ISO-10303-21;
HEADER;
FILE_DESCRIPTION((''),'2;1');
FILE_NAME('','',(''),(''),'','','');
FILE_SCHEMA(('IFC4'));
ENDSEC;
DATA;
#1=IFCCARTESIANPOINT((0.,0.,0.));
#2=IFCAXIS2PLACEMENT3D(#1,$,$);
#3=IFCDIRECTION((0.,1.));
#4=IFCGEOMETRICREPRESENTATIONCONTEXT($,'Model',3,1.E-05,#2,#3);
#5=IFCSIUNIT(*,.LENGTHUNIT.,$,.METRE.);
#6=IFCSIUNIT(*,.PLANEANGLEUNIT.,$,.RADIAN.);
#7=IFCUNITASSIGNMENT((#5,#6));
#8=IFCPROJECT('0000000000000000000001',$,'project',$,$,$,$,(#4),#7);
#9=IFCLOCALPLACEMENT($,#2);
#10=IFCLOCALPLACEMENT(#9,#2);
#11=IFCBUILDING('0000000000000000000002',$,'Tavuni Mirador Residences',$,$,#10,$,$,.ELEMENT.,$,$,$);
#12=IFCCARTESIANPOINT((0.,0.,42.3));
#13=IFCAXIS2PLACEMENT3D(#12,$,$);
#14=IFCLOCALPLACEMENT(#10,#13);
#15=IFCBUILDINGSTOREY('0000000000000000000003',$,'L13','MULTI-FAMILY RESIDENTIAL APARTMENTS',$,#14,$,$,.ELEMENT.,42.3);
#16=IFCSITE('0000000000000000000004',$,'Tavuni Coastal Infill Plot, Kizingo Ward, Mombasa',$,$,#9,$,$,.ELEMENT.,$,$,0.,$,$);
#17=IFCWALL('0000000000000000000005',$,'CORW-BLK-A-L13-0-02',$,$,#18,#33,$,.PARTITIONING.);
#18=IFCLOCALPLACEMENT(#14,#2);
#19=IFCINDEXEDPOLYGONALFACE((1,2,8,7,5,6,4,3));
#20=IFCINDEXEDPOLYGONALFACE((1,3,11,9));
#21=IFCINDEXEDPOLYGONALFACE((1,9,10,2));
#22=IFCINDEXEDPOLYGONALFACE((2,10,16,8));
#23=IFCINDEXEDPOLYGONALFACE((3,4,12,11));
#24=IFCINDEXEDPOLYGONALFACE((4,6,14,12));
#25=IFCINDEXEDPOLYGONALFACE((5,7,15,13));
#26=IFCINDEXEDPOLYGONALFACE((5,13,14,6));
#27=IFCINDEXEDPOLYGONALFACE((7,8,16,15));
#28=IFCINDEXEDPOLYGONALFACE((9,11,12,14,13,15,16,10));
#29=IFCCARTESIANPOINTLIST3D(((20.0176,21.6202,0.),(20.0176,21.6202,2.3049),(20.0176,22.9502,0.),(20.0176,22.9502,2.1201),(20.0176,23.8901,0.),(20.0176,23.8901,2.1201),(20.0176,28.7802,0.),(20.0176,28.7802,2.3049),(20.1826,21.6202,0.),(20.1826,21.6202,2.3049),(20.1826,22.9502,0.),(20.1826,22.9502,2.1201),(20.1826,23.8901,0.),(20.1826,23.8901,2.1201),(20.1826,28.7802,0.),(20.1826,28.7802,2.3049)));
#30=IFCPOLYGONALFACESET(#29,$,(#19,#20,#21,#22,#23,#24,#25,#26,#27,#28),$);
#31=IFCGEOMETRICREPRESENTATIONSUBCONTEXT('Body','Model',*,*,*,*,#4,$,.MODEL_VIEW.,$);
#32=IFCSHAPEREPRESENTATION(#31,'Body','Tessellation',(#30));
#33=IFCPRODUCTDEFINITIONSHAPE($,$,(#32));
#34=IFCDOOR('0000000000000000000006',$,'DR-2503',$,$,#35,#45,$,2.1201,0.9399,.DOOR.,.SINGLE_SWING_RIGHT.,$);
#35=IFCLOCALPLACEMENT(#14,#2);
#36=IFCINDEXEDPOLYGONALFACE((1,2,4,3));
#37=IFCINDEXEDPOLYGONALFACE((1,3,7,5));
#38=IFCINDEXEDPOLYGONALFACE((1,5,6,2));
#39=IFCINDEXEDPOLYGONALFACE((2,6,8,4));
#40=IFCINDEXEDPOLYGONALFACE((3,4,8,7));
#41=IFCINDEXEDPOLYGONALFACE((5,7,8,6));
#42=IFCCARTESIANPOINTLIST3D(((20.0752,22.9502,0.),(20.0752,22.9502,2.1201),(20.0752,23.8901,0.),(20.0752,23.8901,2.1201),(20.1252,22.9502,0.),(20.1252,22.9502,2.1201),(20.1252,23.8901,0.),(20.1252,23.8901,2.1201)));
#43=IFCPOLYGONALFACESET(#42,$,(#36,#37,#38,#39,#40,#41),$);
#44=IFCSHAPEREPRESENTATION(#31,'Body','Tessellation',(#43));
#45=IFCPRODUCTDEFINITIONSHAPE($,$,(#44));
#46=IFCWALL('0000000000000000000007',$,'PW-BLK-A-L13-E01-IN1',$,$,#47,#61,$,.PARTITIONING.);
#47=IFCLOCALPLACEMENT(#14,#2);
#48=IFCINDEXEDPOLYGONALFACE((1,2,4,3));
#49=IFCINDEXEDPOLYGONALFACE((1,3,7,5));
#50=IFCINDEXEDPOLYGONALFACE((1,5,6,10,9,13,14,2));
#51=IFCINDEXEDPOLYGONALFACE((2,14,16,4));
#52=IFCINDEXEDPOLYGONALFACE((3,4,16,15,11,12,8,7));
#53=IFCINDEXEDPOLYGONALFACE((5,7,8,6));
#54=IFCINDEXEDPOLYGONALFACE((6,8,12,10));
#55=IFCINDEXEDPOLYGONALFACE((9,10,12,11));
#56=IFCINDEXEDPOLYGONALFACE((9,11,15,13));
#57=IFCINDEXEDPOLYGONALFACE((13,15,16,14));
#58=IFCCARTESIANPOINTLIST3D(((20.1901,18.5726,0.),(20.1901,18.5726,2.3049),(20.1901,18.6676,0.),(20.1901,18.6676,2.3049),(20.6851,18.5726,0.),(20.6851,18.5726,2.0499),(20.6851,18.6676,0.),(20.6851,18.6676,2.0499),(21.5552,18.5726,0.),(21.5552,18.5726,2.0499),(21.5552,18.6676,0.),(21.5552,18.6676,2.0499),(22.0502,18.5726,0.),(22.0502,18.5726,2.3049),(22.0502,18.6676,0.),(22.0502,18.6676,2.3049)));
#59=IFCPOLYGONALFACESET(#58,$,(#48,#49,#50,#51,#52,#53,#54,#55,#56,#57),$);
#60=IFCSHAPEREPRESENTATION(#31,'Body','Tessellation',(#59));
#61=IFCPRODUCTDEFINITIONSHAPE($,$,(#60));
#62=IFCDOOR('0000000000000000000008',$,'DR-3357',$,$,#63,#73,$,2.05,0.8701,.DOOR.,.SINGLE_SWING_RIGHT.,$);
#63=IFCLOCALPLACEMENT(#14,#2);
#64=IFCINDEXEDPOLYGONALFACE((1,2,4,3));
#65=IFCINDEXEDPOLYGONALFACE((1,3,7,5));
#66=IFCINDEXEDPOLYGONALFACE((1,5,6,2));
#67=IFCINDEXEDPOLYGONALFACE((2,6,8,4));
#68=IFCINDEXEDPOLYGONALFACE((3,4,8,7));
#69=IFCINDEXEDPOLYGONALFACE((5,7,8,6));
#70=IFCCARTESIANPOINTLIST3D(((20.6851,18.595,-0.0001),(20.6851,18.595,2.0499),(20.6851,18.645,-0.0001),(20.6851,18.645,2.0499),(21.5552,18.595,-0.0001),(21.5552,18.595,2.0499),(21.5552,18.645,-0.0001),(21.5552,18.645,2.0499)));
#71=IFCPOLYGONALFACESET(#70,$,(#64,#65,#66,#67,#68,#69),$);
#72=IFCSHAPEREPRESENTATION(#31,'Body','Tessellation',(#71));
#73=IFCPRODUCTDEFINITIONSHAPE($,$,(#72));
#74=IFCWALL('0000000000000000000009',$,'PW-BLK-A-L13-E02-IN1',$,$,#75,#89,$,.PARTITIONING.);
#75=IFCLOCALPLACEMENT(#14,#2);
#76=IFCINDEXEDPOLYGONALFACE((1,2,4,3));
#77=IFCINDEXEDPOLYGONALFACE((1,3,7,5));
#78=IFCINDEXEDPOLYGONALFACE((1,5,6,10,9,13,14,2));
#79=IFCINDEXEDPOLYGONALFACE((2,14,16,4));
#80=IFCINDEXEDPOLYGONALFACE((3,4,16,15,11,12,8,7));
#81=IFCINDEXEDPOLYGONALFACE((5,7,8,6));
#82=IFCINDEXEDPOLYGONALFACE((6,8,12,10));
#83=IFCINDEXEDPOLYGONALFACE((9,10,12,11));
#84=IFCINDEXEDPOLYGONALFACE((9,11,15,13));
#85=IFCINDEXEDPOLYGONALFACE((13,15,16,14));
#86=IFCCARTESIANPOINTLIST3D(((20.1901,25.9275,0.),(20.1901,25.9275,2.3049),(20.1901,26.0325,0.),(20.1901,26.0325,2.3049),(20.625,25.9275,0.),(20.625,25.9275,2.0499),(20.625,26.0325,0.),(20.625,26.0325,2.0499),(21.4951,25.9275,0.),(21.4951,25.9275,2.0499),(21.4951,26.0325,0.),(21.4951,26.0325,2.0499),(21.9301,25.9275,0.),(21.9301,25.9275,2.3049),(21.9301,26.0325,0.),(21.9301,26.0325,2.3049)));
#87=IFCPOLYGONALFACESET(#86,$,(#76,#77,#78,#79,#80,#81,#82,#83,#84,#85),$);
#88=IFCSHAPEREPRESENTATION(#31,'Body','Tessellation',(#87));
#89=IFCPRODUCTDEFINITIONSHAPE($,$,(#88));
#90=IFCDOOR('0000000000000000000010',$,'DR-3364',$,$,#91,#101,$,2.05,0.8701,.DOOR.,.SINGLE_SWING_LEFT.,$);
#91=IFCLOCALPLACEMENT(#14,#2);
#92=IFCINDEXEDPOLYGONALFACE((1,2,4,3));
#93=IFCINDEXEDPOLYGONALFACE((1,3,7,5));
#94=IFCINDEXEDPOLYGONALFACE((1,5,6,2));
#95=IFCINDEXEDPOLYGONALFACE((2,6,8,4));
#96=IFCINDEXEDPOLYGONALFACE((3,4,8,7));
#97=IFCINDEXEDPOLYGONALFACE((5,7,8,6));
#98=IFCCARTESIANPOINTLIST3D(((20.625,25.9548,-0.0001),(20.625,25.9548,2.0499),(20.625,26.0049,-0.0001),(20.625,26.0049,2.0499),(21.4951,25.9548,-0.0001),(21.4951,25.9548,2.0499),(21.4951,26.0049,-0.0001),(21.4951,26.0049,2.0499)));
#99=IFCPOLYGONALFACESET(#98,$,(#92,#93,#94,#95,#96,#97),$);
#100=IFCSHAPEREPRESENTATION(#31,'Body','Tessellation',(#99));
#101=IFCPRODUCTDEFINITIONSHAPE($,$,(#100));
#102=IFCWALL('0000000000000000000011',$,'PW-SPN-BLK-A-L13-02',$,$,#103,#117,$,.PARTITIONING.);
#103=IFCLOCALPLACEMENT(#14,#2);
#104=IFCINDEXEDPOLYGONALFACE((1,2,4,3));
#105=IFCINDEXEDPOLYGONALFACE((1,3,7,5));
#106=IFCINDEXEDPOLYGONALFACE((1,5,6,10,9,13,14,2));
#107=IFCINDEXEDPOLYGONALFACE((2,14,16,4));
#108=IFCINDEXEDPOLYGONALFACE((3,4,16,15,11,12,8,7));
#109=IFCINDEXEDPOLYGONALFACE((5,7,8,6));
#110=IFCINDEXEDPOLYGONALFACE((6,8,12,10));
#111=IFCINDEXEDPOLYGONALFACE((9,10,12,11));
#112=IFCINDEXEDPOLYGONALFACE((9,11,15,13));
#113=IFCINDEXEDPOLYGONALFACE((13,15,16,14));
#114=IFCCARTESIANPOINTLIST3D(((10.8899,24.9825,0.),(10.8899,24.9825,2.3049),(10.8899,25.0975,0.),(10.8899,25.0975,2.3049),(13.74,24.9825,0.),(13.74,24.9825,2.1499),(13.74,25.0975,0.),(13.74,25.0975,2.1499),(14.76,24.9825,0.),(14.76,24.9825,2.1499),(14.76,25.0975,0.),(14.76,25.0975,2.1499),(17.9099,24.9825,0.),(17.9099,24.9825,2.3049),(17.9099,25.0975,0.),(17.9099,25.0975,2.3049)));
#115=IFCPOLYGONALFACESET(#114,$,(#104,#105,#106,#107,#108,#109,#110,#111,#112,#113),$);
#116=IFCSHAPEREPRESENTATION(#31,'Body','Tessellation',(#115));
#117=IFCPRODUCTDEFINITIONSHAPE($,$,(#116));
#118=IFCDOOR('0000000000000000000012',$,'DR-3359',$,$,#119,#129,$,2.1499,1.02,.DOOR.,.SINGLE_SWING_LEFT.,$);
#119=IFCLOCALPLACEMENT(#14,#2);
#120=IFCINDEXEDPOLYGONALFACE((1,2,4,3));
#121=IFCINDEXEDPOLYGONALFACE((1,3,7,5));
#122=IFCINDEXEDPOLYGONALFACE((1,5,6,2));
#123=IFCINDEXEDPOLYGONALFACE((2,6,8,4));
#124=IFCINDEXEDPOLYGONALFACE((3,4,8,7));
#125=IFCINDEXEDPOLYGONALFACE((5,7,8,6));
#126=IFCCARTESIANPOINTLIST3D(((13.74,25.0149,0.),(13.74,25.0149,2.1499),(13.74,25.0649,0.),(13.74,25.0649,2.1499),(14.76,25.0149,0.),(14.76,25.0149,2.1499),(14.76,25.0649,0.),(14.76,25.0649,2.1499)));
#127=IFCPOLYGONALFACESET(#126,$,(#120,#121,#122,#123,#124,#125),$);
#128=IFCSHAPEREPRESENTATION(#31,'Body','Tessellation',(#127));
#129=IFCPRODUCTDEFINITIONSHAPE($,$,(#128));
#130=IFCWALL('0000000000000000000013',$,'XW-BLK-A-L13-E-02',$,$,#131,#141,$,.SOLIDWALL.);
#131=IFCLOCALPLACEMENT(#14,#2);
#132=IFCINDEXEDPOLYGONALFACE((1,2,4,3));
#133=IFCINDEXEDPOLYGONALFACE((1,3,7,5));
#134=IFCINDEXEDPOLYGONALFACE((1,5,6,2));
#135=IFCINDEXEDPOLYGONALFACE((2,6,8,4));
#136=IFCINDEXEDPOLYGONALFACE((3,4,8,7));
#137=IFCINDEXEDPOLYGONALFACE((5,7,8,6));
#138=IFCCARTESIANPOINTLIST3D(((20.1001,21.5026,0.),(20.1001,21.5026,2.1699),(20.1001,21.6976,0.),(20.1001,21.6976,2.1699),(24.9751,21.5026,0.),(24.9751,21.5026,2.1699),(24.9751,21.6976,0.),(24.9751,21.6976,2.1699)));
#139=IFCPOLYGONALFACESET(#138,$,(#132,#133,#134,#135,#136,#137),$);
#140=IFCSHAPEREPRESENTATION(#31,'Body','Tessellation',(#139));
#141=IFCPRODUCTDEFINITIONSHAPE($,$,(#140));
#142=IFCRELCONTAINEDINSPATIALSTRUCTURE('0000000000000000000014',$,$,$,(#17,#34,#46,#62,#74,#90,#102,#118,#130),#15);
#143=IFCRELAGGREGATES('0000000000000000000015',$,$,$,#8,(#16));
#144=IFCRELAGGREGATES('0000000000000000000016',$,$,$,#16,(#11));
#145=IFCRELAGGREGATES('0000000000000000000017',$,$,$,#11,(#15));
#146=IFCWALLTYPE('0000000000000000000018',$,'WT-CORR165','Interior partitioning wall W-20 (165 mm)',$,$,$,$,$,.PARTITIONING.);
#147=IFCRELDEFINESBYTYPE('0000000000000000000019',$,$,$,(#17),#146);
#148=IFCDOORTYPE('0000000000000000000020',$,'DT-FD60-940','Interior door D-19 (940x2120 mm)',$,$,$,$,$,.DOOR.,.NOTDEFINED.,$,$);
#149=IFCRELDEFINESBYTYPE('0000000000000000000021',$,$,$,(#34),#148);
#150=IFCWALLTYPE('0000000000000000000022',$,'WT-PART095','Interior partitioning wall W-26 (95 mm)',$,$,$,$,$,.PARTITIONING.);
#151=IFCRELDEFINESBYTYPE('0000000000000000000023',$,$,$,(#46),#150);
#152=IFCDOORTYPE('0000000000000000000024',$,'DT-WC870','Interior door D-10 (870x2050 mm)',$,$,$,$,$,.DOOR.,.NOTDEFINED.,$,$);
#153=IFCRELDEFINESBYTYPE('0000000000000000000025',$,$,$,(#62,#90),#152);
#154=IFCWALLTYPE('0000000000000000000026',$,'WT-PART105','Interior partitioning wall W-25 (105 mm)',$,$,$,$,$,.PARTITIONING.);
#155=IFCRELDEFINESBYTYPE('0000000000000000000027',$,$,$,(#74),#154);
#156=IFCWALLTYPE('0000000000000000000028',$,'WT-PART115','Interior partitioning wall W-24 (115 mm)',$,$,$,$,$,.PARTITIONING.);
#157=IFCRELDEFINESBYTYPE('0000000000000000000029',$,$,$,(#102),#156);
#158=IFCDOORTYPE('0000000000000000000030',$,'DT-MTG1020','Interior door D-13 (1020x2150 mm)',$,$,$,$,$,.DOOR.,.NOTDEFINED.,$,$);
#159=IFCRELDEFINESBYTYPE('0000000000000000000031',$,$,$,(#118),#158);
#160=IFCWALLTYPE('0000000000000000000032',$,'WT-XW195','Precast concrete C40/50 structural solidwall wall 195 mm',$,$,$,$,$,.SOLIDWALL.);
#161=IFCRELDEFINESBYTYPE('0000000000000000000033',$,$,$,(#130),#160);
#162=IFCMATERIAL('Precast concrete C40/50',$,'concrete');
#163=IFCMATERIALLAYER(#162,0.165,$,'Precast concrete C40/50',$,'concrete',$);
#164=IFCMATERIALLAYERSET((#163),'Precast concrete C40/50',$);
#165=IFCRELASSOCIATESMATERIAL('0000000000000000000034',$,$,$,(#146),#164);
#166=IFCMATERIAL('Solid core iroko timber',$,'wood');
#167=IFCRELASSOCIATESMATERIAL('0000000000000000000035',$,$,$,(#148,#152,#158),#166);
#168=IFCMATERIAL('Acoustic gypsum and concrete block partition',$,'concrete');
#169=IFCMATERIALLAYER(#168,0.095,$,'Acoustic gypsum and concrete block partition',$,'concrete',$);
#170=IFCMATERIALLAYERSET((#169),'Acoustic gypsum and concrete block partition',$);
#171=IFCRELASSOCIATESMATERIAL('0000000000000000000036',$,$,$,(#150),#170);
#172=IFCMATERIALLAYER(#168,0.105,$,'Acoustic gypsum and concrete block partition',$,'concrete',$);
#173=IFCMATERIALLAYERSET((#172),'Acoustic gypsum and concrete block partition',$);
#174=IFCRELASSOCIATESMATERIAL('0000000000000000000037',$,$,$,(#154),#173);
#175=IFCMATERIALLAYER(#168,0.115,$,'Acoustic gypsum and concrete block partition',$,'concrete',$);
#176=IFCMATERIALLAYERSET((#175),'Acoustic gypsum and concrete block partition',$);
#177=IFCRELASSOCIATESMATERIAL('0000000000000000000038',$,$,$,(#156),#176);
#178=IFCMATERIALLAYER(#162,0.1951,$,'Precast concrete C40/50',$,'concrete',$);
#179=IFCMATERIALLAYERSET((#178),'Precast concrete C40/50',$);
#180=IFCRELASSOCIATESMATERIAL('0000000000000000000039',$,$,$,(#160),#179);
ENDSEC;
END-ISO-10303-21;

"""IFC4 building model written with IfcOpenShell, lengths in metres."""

from ifc_helpers import new_model, si_unit, direction, frame, frame_2d, origin, place, context, subcontext, project, spatial, rectangle, extrude, material, layer, layer_set, type_object, element, fill, save


model = new_model("IFC4")

# Units and contexts
model_context = context("Model", 3, precision=1e-05, world=origin(), true_north=direction((0.0, 1.0)))
body_context = subcontext(model_context, "Body", "Model", "MODEL_VIEW")
ifc_project = project(units=[si_unit("LENGTHUNIT", "METRE"), si_unit("PLANEANGLEUNIT", "RADIAN")], contexts=[model_context])

# Site, building, storey
site_placement = place(None, origin())
site = spatial("IfcSite", under=ifc_project, at=site_placement, Name="Tavuni Coastal Infill Plot, Kizingo Ward, Mombasa", CompositionType="ELEMENT", RefElevation=0.0)
building_placement = place(site_placement, origin())
building = spatial("IfcBuilding", under=site, at=building_placement, Name="Tavuni Mirador Residences", CompositionType="ELEMENT")
storey_placement = place(building_placement, frame((0.0, 0.0, 42.3)))
storey = spatial("IfcBuildingStorey", under=building, at=storey_placement, Name="L13", Description="MULTI-FAMILY RESIDENTIAL APARTMENTS", CompositionType="ELEMENT", Elevation=42.3)

# Shared definitions
ifc_material_1 = material(Name="Precast concrete C40/50", Category="concrete")

# Walls, openings, doors
ifc_layer_1 = layer(ifc_material_1, 0.165, Name="Precast concrete C40/50", Category="concrete")
ifc_layer_set_1 = layer_set([ifc_layer_1], Name="Precast concrete C40/50")
wall_type_1 = type_object("IfcWallType", Name="WT-CORR165", Description="Interior partitioning wall W-20 (165 mm)", PredefinedType="PARTITIONING", material=ifc_layer_set_1)
wall_1_placement = place(storey_placement, frame((20.1001, 21.6201, 0.0), z_axis=(0.0, 0.0, 1.0), x_axis=(0.0, 1.0, 0.0)))
wall_1 = element("IfcWall", 1, at=wall_1_placement, inside=storey, type_object=wall_type_1, Name="CORW-BLK-A-L13-0-02", PredefinedType="PARTITIONING", context=body_context, shape_type="SweptSolid", body=[
    extrude(rectangle(XDim=7.1599, YDim=0.165, at=frame_2d((3.5801, 0.0))), origin(), (0.0, 0.0, 1.0), 2.3049),
])
opening_1_placement = place(wall_1_placement, frame((1.3301, 0.0, 0.0)))
opening_1 = element("IfcOpeningElement", 2, at=opening_1_placement, cuts=wall_1, PredefinedType="OPENING", context=body_context, shape_type="SweptSolid", body=[
    extrude(rectangle(XDim=0.9399, YDim=2.1201, at=frame_2d((0.47, 1.0601))), frame((0.0, 0.0925, 0.0), z_axis=(0.0, -1.0, 0.0), x_axis=(1.0, 0.0, 0.0)), (0.0, 0.0, 1.0), 0.1851),
])
ifc_material_2 = material(Name="Solid core iroko timber", Category="wood")
door_type_1 = type_object("IfcDoorType", Name="DT-FD60-940", Description="Interior door D-19 (940x2120 mm)", OperationType="NOTDEFINED", PredefinedType="DOOR", material=ifc_material_2)
door_1_placement = place(opening_1_placement, origin())
door_1 = element("IfcDoor", 3, at=door_1_placement, inside=storey, type_object=door_type_1, Name="DR-2503", OperationType="SINGLE_SWING_RIGHT", OverallHeight=2.1201, OverallWidth=0.9399, PredefinedType="DOOR", context=body_context, shape_type="SweptSolid", body=[
    extrude(rectangle(XDim=0.9399, YDim=2.1201, at=frame_2d((0.47, 1.0601))), frame((0.0, 0.0249, 0.0), z_axis=(0.0, -1.0, 0.0), x_axis=(1.0, 0.0, 0.0)), (0.0, 0.0, 1.0), 0.05),
])
fill(opening_1, door_1)
ifc_material_3 = material(Name="Acoustic gypsum and concrete block partition", Category="concrete")
ifc_layer_2 = layer(ifc_material_3, 0.095, Name="Acoustic gypsum and concrete block partition", Category="concrete")
ifc_layer_set_2 = layer_set([ifc_layer_2], Name="Acoustic gypsum and concrete block partition")
wall_type_2 = type_object("IfcWallType", Name="WT-PART095", Description="Interior partitioning wall W-26 (95 mm)", PredefinedType="PARTITIONING", material=ifc_layer_set_2)
wall_2_placement = place(storey_placement, frame((20.1899, 18.6201, 0.0), z_axis=(0.0, 0.0, 1.0), x_axis=(1.0, 0.0, 0.0)))
wall_2 = element("IfcWall", 4, at=wall_2_placement, inside=storey, type_object=wall_type_2, Name="PW-BLK-A-L13-E01-IN1", PredefinedType="PARTITIONING", context=body_context, shape_type="SweptSolid", body=[
    extrude(rectangle(XDim=1.8601, YDim=0.095, at=frame_2d((0.9302, 0.0))), origin(), (0.0, 0.0, 1.0), 2.3049),
])
opening_2_placement = place(wall_2_placement, frame((0.4951, 0.0, 0.0)))
opening_2 = element("IfcOpeningElement", 5, at=opening_2_placement, cuts=wall_2, PredefinedType="OPENING", context=body_context, shape_type="SweptSolid", body=[
    extrude(rectangle(XDim=0.8701, YDim=2.05, at=frame_2d((0.4351, 1.0249))), frame((0.0, 0.0576, 0.0), z_axis=(0.0, -1.0, 0.0), x_axis=(1.0, 0.0, 0.0)), (0.0, 0.0, 1.0), 0.115),
])
door_type_2 = type_object("IfcDoorType", Name="DT-WC870", Description="Interior door D-10 (870x2050 mm)", OperationType="NOTDEFINED", PredefinedType="DOOR", material=ifc_material_2)
door_2_placement = place(opening_2_placement, origin())
door_2 = element("IfcDoor", 6, at=door_2_placement, inside=storey, type_object=door_type_2, Name="DR-3357", OperationType="SINGLE_SWING_RIGHT", OverallHeight=2.05, OverallWidth=0.8701, PredefinedType="DOOR", context=body_context, shape_type="SweptSolid", body=[
    extrude(rectangle(XDim=0.8701, YDim=2.05, at=frame_2d((0.4351, 1.0249))), frame((0.0, 0.0249, 0.0), z_axis=(0.0, -1.0, 0.0), x_axis=(1.0, 0.0, 0.0)), (0.0, 0.0, 1.0), 0.05),
])
fill(opening_2, door_2)
ifc_layer_3 = layer(ifc_material_3, 0.105, Name="Acoustic gypsum and concrete block partition", Category="concrete")
ifc_layer_set_3 = layer_set([ifc_layer_3], Name="Acoustic gypsum and concrete block partition")
wall_type_3 = type_object("IfcWallType", Name="WT-PART105", Description="Interior partitioning wall W-25 (105 mm)", PredefinedType="PARTITIONING", material=ifc_layer_set_3)
wall_3_placement = place(storey_placement, frame((20.1899, 25.98, 0.0), z_axis=(0.0, 0.0, 1.0), x_axis=(1.0, 0.0, 0.0)))
wall_3 = element("IfcWall", 7, at=wall_3_placement, inside=storey, type_object=wall_type_3, Name="PW-BLK-A-L13-E02-IN1", PredefinedType="PARTITIONING", context=body_context, shape_type="SweptSolid", body=[
    extrude(rectangle(XDim=1.74, YDim=0.105, at=frame_2d((0.8701, 0.0))), origin(), (0.0, 0.0, 1.0), 2.3049),
])
opening_3_placement = place(wall_3_placement, frame((0.4351, 0.0, 0.0)))
opening_3 = element("IfcOpeningElement", 8, at=opening_3_placement, cuts=wall_3, PredefinedType="OPENING", context=body_context, shape_type="SweptSolid", body=[
    extrude(rectangle(XDim=0.8701, YDim=2.05, at=frame_2d((0.4351, 1.0249))), frame((0.0, 0.0625, 0.0), z_axis=(0.0, -1.0, 0.0), x_axis=(1.0, 0.0, 0.0)), (0.0, 0.0, 1.0), 0.125),
])
door_3_placement = place(opening_3_placement, origin())
door_3 = element("IfcDoor", 9, at=door_3_placement, inside=storey, type_object=door_type_2, Name="DR-3364", OperationType="SINGLE_SWING_LEFT", OverallHeight=2.05, OverallWidth=0.8701, PredefinedType="DOOR", context=body_context, shape_type="SweptSolid", body=[
    extrude(rectangle(XDim=0.8701, YDim=2.05, at=frame_2d((0.4351, 1.0249))), frame((0.0, 0.0249, 0.0), z_axis=(0.0, -1.0, 0.0), x_axis=(1.0, 0.0, 0.0)), (0.0, 0.0, 1.0), 0.05),
])
fill(opening_3, door_3)
ifc_layer_4 = layer(ifc_material_3, 0.115, Name="Acoustic gypsum and concrete block partition", Category="concrete")
ifc_layer_set_4 = layer_set([ifc_layer_4], Name="Acoustic gypsum and concrete block partition")
wall_type_4 = type_object("IfcWallType", Name="WT-PART115", Description="Interior partitioning wall W-24 (115 mm)", PredefinedType="PARTITIONING", material=ifc_layer_set_4)
wall_4_placement = place(storey_placement, frame((10.8899, 25.04, 0.0), z_axis=(0.0, 0.0, 1.0), x_axis=(1.0, 0.0, 0.0)))
wall_4 = element("IfcWall", 10, at=wall_4_placement, inside=storey, type_object=wall_type_4, Name="PW-SPN-BLK-A-L13-02", PredefinedType="PARTITIONING", context=body_context, shape_type="SweptSolid", body=[
    extrude(rectangle(XDim=7.02, YDim=0.115, at=frame_2d((3.51, 0.0))), origin(), (0.0, 0.0, 1.0), 2.3049),
])
opening_4_placement = place(wall_4_placement, frame((2.8501, 0.0, 0.0)))
opening_4 = element("IfcOpeningElement", 11, at=opening_4_placement, cuts=wall_4, PredefinedType="OPENING", context=body_context, shape_type="SweptSolid", body=[
    extrude(rectangle(XDim=1.02, YDim=2.1499, at=frame_2d((0.51, 1.075))), frame((0.0, 0.0674, 0.0), z_axis=(0.0, -1.0, 0.0), x_axis=(1.0, 0.0, 0.0)), (0.0, 0.0, 1.0), 0.135),
])
door_type_3 = type_object("IfcDoorType", Name="DT-MTG1020", Description="Interior door D-13 (1020x2150 mm)", OperationType="NOTDEFINED", PredefinedType="DOOR", material=ifc_material_2)
door_4_placement = place(opening_4_placement, origin())
door_4 = element("IfcDoor", 12, at=door_4_placement, inside=storey, type_object=door_type_3, Name="DR-3359", OperationType="SINGLE_SWING_LEFT", OverallHeight=2.1499, OverallWidth=1.02, PredefinedType="DOOR", context=body_context, shape_type="SweptSolid", body=[
    extrude(rectangle(XDim=1.02, YDim=2.1499, at=frame_2d((0.51, 1.075))), frame((0.0, 0.0249, 0.0), z_axis=(0.0, -1.0, 0.0), x_axis=(1.0, 0.0, 0.0)), (0.0, 0.0, 1.0), 0.05),
])
fill(opening_4, door_4)

# Wall
ifc_layer_5 = layer(ifc_material_1, 0.1951, Name="Precast concrete C40/50", Category="concrete")
ifc_layer_set_5 = layer_set([ifc_layer_5], Name="Precast concrete C40/50")
wall_type_5 = type_object("IfcWallType", Name="WT-XW195", Description="Precast concrete C40/50 structural solidwall wall 195 mm", PredefinedType="SOLIDWALL", material=ifc_layer_set_5)
wall_5_placement = place(storey_placement, frame((20.1001, 21.6001, 0.0), z_axis=(0.0, 0.0, 1.0), x_axis=(1.0, 0.0, 0.0)))
element("IfcWall", 13, at=wall_5_placement, inside=storey, type_object=wall_type_5, Name="XW-BLK-A-L13-E-02", PredefinedType="SOLIDWALL", context=body_context, shape_type="SweptSolid", body=[
    extrude(rectangle(XDim=4.875, YDim=0.1951, at=frame_2d((2.4375, 0.0))), origin(), (0.0, 0.0, 1.0), 2.1699),
])

save(model, "model.ifc")
